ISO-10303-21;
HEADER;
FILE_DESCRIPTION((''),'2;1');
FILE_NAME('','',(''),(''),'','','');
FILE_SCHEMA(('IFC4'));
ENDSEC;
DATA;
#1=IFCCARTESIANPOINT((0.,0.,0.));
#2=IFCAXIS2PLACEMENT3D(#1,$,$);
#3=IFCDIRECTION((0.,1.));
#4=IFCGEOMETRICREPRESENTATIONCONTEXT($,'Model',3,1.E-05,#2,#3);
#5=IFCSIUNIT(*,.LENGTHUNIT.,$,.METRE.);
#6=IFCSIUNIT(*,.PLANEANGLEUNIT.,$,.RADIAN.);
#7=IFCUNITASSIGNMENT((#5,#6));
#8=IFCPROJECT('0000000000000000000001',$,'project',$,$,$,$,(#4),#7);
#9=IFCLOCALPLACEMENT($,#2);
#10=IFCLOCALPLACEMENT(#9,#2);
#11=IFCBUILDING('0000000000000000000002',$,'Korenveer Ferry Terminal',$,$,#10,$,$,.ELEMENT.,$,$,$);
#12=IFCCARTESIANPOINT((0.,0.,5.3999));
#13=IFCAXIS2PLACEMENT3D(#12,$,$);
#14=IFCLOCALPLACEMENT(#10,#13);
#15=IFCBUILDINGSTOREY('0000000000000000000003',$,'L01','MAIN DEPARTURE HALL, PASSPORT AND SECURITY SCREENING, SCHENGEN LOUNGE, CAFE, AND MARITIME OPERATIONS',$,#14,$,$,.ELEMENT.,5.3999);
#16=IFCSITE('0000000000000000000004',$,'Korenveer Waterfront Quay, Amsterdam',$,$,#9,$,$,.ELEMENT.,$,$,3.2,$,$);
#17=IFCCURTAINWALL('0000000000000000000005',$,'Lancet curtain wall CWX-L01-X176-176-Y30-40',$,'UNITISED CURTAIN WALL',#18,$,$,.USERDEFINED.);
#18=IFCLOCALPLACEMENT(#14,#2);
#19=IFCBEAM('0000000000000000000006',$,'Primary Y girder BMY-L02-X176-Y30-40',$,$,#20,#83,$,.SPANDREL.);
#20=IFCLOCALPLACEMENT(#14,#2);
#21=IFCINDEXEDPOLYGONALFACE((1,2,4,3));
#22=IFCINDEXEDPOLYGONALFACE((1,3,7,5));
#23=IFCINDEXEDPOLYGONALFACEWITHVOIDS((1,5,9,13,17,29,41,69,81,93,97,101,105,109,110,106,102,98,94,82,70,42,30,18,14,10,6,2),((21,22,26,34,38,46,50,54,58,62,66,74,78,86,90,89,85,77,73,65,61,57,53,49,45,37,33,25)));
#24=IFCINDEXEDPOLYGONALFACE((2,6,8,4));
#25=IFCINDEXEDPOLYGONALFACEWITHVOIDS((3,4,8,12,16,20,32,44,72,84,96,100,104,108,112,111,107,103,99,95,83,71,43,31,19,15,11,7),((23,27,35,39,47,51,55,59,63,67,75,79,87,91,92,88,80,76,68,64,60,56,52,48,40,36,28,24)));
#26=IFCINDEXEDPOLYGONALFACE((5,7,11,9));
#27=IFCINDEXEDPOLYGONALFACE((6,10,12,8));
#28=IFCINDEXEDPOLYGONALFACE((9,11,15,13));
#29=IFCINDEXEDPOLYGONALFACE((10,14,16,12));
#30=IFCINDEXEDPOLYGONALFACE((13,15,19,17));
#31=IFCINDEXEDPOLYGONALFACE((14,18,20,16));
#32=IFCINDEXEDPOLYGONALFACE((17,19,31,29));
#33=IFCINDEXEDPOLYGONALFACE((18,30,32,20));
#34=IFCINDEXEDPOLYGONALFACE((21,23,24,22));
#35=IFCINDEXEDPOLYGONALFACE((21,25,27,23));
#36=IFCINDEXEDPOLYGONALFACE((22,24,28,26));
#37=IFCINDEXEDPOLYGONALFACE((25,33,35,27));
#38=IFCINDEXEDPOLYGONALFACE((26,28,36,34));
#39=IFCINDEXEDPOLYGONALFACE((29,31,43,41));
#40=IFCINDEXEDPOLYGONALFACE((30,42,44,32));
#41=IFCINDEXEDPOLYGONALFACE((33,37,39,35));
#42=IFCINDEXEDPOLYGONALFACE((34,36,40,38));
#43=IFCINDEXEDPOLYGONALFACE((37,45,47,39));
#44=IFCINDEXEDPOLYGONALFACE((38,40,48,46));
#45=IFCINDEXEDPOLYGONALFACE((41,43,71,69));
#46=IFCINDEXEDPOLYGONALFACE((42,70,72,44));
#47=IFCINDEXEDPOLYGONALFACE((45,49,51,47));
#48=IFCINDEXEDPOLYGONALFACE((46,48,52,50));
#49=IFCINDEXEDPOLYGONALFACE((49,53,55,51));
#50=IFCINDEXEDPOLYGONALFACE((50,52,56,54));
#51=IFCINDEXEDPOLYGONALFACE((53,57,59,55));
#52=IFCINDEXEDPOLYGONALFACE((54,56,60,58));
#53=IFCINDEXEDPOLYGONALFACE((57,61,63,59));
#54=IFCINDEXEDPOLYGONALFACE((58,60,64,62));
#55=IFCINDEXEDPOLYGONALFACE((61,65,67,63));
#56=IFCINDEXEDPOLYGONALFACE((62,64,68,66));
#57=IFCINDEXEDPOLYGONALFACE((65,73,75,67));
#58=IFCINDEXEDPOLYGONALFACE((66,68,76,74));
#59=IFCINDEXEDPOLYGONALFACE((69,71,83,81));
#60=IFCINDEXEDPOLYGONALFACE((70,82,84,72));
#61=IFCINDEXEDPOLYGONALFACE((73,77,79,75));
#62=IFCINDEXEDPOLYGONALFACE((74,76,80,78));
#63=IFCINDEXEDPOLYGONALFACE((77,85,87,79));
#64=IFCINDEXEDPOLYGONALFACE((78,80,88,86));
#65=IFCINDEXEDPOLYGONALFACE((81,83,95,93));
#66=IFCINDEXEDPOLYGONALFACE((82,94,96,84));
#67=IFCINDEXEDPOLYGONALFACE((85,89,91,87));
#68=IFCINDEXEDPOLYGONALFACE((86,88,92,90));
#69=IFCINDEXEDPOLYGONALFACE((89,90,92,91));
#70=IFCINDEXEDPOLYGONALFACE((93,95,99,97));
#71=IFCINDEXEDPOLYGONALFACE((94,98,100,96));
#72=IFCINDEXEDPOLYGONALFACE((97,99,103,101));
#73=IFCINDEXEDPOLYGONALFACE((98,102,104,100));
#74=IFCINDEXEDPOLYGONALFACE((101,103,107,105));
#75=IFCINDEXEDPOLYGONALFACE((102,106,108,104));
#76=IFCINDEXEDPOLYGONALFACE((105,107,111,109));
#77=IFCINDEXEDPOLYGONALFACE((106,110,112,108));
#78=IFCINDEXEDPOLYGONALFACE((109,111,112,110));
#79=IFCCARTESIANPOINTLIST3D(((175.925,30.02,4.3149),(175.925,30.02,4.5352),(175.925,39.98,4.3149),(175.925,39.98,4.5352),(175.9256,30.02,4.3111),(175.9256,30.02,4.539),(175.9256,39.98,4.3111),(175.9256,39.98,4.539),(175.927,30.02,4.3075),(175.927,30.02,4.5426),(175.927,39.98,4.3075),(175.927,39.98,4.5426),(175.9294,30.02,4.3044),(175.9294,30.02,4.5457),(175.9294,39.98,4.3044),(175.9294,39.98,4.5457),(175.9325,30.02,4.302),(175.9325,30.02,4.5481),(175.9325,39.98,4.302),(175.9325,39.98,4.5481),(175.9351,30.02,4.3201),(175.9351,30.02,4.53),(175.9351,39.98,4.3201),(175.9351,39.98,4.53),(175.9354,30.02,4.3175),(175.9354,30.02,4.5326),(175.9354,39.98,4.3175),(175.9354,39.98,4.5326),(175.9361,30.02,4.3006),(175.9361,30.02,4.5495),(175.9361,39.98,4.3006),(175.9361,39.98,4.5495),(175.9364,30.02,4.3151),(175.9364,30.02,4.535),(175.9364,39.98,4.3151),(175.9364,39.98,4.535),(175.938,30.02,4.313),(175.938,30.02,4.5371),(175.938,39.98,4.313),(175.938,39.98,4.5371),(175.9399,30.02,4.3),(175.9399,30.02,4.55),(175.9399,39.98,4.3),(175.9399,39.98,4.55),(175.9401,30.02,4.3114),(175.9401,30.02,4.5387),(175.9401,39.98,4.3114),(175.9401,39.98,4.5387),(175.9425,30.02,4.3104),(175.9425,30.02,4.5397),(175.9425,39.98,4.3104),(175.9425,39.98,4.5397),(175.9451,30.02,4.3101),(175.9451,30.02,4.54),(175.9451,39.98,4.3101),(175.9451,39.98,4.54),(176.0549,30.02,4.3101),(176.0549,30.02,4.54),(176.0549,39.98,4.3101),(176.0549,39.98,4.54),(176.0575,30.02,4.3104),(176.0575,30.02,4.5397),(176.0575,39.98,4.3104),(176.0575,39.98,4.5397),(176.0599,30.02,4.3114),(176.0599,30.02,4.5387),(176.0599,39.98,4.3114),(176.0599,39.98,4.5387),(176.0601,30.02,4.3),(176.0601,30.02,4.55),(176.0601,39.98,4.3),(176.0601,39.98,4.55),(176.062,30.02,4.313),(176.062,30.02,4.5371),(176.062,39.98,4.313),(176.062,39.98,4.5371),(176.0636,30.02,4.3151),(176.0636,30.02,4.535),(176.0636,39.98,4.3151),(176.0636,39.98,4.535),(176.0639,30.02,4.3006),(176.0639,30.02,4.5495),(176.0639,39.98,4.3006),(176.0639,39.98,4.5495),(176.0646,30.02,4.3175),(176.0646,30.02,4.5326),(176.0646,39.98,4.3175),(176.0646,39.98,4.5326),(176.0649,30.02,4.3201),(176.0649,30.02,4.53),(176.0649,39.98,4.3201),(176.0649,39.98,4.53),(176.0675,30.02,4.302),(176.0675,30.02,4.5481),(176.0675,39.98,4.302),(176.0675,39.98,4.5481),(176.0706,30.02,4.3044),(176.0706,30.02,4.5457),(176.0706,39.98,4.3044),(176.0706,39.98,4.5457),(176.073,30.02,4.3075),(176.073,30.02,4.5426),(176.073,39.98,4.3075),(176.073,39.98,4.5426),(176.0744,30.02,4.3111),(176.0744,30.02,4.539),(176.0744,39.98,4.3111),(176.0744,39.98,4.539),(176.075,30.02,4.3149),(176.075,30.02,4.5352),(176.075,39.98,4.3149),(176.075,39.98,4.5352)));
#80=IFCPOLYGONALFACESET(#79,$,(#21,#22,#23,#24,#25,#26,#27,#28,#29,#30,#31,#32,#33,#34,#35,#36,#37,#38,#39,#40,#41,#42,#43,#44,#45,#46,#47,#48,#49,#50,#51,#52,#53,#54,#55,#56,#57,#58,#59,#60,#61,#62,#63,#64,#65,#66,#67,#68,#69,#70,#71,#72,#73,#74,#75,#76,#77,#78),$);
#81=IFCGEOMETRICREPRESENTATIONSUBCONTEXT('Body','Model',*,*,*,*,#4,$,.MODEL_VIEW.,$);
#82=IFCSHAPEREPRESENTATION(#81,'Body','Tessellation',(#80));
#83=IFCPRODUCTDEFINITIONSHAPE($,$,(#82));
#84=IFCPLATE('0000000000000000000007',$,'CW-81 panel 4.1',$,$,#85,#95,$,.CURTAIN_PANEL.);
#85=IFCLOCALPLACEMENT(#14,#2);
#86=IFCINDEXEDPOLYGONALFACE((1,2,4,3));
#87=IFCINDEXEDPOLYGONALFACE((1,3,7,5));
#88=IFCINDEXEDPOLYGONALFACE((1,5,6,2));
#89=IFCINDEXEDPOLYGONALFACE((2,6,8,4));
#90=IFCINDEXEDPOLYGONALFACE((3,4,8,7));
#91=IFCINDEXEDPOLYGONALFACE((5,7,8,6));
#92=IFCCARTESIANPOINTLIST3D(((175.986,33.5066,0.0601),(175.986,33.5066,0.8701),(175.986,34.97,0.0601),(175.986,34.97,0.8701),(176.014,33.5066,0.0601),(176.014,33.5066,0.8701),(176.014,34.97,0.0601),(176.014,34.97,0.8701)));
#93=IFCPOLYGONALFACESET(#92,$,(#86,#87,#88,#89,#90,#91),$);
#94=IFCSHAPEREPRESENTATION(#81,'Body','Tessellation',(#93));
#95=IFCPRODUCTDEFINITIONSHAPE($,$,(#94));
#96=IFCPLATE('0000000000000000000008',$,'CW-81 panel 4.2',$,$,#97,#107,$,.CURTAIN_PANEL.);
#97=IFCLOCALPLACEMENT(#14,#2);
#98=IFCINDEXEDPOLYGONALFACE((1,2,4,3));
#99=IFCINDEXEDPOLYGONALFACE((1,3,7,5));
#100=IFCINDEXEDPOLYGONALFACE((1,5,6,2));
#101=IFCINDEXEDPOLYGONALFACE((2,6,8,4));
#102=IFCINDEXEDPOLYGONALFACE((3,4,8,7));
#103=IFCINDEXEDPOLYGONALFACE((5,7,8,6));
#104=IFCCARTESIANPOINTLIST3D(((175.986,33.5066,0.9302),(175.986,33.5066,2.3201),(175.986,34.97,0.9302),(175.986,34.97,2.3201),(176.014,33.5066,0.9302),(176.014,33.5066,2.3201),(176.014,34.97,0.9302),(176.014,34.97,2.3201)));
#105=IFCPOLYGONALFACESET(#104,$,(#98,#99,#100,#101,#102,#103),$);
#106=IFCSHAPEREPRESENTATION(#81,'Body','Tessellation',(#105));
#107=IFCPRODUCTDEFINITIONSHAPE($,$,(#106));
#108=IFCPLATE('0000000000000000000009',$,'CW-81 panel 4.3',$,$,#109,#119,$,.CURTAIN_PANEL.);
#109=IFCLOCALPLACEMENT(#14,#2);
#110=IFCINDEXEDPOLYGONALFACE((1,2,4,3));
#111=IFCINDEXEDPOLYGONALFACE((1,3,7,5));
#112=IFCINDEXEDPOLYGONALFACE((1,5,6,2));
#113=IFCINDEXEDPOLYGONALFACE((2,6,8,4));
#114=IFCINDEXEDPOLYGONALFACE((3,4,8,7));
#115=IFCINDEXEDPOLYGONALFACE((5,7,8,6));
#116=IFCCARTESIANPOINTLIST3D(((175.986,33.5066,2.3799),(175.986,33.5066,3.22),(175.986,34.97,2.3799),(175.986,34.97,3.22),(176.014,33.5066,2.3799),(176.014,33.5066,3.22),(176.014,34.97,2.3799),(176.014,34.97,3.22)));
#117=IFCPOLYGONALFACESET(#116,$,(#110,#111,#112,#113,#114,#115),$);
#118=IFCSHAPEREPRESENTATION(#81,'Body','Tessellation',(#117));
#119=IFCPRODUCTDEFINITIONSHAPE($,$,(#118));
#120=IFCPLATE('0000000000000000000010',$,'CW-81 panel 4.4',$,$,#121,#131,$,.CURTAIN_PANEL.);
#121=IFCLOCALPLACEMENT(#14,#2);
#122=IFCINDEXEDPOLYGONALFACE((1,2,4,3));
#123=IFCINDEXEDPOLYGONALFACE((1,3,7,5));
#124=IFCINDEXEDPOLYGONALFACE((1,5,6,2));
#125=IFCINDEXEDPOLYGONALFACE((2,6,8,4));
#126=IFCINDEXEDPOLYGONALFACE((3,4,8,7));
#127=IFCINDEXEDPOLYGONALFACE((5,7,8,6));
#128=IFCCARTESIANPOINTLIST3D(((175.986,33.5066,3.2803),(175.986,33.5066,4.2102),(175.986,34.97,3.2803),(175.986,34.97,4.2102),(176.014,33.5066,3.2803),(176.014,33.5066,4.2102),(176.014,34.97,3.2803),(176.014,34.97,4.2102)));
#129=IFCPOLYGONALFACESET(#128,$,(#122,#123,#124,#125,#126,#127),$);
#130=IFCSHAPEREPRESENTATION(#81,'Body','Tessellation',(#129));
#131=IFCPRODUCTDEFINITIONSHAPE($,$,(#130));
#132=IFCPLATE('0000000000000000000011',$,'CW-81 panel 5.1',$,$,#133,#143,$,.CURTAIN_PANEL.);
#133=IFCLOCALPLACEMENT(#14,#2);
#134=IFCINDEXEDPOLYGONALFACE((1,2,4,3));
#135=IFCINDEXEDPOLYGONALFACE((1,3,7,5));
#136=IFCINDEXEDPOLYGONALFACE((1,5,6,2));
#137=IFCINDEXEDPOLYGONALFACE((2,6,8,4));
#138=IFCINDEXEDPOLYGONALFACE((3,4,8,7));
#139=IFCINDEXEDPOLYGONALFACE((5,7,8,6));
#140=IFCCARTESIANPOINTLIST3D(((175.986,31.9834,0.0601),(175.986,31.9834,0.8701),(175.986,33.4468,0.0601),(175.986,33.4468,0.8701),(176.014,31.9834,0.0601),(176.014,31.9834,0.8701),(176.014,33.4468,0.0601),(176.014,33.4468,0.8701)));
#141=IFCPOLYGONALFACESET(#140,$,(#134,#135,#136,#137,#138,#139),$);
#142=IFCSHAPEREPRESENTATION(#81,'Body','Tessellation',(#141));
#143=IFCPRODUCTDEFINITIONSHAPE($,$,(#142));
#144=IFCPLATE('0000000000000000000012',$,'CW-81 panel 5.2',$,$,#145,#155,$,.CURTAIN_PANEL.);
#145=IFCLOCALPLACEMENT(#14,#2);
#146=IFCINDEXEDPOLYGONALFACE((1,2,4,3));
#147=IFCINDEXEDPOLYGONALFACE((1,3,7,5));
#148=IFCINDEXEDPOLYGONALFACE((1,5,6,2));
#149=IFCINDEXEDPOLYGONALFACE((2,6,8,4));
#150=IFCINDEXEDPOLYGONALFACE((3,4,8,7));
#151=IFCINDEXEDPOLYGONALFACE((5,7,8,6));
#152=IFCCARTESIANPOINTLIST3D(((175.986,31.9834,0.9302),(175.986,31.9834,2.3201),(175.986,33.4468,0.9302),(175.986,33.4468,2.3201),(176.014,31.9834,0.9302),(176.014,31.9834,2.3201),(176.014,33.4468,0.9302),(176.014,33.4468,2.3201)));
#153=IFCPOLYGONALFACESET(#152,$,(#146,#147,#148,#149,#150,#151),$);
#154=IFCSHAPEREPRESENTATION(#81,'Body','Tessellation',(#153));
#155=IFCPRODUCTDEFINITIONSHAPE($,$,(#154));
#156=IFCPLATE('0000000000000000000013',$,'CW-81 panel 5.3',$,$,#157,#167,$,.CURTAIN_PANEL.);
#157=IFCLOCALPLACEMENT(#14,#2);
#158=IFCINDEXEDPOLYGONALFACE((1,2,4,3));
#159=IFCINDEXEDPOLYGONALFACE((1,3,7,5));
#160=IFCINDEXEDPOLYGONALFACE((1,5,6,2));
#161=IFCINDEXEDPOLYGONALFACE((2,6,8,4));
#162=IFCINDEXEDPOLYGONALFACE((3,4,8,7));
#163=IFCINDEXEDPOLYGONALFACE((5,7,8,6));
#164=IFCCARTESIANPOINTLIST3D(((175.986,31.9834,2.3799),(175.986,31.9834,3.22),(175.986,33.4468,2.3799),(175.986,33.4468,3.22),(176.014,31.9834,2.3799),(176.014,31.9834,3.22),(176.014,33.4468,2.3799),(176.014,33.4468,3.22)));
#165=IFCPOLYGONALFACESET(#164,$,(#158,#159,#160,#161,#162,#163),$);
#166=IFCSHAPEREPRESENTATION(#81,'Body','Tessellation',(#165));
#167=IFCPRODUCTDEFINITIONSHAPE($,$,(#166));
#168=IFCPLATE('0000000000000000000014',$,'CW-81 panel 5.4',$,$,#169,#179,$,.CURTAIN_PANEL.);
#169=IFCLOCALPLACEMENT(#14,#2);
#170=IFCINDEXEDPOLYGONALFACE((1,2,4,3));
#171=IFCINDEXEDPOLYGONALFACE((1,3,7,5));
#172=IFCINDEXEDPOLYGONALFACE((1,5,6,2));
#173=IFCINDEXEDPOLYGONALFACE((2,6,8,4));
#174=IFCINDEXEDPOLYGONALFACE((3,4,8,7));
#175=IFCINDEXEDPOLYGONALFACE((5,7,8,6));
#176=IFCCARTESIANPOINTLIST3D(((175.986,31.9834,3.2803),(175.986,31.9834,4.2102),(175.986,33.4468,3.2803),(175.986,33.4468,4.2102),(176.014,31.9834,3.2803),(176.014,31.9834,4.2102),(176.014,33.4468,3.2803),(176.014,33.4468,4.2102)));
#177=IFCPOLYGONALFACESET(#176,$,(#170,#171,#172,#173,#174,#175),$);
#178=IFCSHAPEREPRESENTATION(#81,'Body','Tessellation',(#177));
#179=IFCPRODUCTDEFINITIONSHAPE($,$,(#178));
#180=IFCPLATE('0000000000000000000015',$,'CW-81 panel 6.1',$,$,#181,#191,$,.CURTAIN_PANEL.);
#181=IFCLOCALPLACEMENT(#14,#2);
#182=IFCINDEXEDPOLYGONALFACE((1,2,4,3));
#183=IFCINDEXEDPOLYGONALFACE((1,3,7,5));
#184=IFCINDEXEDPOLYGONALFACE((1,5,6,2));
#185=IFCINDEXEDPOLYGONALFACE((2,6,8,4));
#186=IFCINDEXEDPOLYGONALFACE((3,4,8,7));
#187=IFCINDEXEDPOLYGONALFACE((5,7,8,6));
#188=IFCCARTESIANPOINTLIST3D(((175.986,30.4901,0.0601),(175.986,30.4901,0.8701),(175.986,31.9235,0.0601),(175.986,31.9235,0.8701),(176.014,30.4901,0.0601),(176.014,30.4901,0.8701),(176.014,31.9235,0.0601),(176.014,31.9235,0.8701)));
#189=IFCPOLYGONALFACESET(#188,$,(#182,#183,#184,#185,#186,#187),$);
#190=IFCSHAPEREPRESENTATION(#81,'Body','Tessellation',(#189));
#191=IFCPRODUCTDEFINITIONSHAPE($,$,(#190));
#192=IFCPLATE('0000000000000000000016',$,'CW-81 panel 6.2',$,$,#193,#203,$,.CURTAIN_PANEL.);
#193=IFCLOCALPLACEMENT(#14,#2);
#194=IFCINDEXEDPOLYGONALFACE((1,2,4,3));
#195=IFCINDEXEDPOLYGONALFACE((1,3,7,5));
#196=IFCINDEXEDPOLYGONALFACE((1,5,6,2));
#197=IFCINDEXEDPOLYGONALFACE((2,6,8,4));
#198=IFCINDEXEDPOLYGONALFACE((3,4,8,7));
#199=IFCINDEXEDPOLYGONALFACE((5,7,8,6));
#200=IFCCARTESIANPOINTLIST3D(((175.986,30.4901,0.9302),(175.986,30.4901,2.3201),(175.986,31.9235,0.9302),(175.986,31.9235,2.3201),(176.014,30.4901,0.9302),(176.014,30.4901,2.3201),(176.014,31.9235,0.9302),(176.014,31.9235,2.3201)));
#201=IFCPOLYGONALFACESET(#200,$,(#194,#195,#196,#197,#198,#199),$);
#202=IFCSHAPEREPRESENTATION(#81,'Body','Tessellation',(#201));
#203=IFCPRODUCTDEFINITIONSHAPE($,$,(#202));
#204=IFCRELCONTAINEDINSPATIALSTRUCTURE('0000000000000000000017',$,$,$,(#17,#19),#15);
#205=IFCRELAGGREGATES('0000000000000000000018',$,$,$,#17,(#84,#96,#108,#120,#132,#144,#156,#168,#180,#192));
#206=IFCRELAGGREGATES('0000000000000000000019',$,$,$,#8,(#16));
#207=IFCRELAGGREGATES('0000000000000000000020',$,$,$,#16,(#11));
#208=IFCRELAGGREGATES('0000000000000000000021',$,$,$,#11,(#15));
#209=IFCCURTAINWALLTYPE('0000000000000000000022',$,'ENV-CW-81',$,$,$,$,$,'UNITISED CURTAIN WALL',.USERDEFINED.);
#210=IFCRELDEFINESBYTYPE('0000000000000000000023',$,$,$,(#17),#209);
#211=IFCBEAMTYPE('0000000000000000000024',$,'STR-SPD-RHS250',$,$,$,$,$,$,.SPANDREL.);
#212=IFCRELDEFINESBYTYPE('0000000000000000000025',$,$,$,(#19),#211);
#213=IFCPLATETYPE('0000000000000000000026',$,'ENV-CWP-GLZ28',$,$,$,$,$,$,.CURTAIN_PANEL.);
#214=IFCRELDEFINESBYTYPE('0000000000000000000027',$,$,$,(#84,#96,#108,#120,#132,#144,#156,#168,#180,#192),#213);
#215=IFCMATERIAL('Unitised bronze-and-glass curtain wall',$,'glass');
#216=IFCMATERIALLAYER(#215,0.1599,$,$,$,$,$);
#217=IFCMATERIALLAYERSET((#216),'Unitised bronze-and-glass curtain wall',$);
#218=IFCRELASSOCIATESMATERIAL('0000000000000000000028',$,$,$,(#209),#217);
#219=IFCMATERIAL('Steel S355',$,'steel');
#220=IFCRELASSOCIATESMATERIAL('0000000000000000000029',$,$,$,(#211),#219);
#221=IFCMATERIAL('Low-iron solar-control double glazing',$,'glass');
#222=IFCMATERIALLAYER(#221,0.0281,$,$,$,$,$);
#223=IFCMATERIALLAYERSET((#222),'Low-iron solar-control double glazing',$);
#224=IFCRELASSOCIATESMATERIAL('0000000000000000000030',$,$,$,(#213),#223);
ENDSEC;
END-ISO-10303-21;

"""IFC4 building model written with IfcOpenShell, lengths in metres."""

from ifc_helpers import new_model, si_unit, direction, frame, origin, origin_2d, place, context, subcontext, project, spatial, rectangle, hollow_rectangle, extrude, material, layer, layer_set, material_profile, profile_set, type_object, element, aggregate, save


model = new_model("IFC4")

# Units and contexts
model_context = context("Model", 3, precision=1e-05, world=origin(), true_north=direction((0.0, 1.0)))
body_context = subcontext(model_context, "Body", "Model", "MODEL_VIEW")
ifc_project = project(units=[si_unit("LENGTHUNIT", "METRE"), si_unit("PLANEANGLEUNIT", "RADIAN")], contexts=[model_context])

# Site, building, storey
site_placement = place(None, origin())
site = spatial("IfcSite", under=ifc_project, at=site_placement, Name="Korenveer Waterfront Quay, Amsterdam", CompositionType="ELEMENT", RefElevation=3.2)
building_placement = place(site_placement, origin())
building = spatial("IfcBuilding", under=site, at=building_placement, Name="Korenveer Ferry Terminal", CompositionType="ELEMENT")
storey_placement = place(building_placement, frame((0.0, 0.0, 5.3999)))
storey = spatial("IfcBuildingStorey", under=building, at=storey_placement, Name="L01", Description="MAIN DEPARTURE HALL, PASSPORT AND SECURITY SCREENING, SCHENGEN LOUNGE, CAFE, AND MARITIME OPERATIONS", CompositionType="ELEMENT", Elevation=5.3999)

# Shared definitions
ifc_material_1 = material(Name="Steel S355", Category="steel")

# Curtain wall
ifc_material_2 = material(Name="Unitised bronze-and-glass curtain wall", Category="glass")
ifc_layer_1 = layer(ifc_material_2, 0.1599)
ifc_layer_set_1 = layer_set([ifc_layer_1], Name="Unitised bronze-and-glass curtain wall")
curtain_wall_type = type_object("IfcCurtainWallType", Name="ENV-CW-81", ElementType="UNITISED CURTAIN WALL", PredefinedType="USERDEFINED", material=ifc_layer_set_1)
curtain_wall_placement = place(storey_placement, frame((176.0, 39.5701, 0.0)))
curtain_wall = element("IfcCurtainWall", 1, at=curtain_wall_placement, inside=storey, type_object=curtain_wall_type, Name="Lancet curtain wall CWX-L01-X176-176-Y30-40", ObjectType="UNITISED CURTAIN WALL", PredefinedType="USERDEFINED")

# Beam
ifc_material_profile_1 = material_profile(ifc_material_1, hollow_rectangle(XDim=0.1499, YDim=0.25, WallThickness=0.01, InnerFilletRadius=0.01, OuterFilletRadius=0.0149, at=origin_2d()), Name="RHS 250x150x10")
ifc_profile_set_1 = profile_set([ifc_material_profile_1], Name="Steel S355")
beam_type_1 = type_object("IfcBeamType", Name="STR-SPD-RHS250", PredefinedType="SPANDREL", material=ifc_profile_set_1)
beam_1_placement = place(storey_placement, frame((176.0, 30.02, 4.425), z_axis=(0.0, 1.0, 0.0), x_axis=(-1.0, 0.0, 0.0)))
element("IfcBeam", 2, at=beam_1_placement, inside=storey, type_object=beam_type_1, Name="Primary Y girder BMY-L02-X176-Y30-40", PredefinedType="SPANDREL", context=body_context, shape_type="SweptSolid", body=[
    extrude(hollow_rectangle(XDim=0.1499, YDim=0.25, WallThickness=0.01, InnerFilletRadius=0.01, OuterFilletRadius=0.0149, at=origin_2d()), origin(), (0.0, 0.0, 1.0), 9.96),
])

# Plates
ifc_material_3 = material(Name="Low-iron solar-control double glazing", Category="glass")
ifc_layer_2 = layer(ifc_material_3, 0.0281)
ifc_layer_set_2 = layer_set([ifc_layer_2], Name="Low-iron solar-control double glazing")
plate_type_1 = type_object("IfcPlateType", Name="ENV-CWP-GLZ28", PredefinedType="CURTAIN_PANEL", material=ifc_layer_set_2)
plate_1_placement = place(storey_placement, frame((176.0, 34.2383, 0.0601), z_axis=(0.0, 0.0, 1.0), x_axis=(0.0, -1.0, 0.0)))
plate_1 = element("IfcPlate", 3, at=plate_1_placement, type_object=plate_type_1, Name="CW-81 panel 4.1", PredefinedType="CURTAIN_PANEL", context=body_context, shape_type="SweptSolid", body=[
    extrude(rectangle(XDim=1.4634, YDim=0.0281, at=origin_2d()), origin(), (0.0, 0.0, 1.0), 0.8101),
])
plate_2_placement = place(storey_placement, frame((176.0, 34.2383, 0.9302), z_axis=(0.0, 0.0, 1.0), x_axis=(0.0, -1.0, 0.0)))
plate_2 = element("IfcPlate", 4, at=plate_2_placement, type_object=plate_type_1, Name="CW-81 panel 4.2", PredefinedType="CURTAIN_PANEL", context=body_context, shape_type="SweptSolid", body=[
    extrude(rectangle(XDim=1.4634, YDim=0.0281, at=origin_2d()), origin(), (0.0, 0.0, 1.0), 1.3899),
])
plate_3_placement = place(storey_placement, frame((176.0, 34.2383, 2.3799), z_axis=(0.0, 0.0, 1.0), x_axis=(0.0, -1.0, 0.0)))
plate_3 = element("IfcPlate", 5, at=plate_3_placement, type_object=plate_type_1, Name="CW-81 panel 4.3", PredefinedType="CURTAIN_PANEL", context=body_context, shape_type="SweptSolid", body=[
    extrude(rectangle(XDim=1.4634, YDim=0.0281, at=origin_2d()), origin(), (0.0, 0.0, 1.0), 0.8401),
])
plate_4_placement = place(storey_placement, frame((176.0, 34.2383, 3.2803), z_axis=(0.0, 0.0, 1.0), x_axis=(0.0, -1.0, 0.0)))
plate_4 = element("IfcPlate", 6, at=plate_4_placement, type_object=plate_type_1, Name="CW-81 panel 4.4", PredefinedType="CURTAIN_PANEL", context=body_context, shape_type="SweptSolid", body=[
    extrude(rectangle(XDim=1.4634, YDim=0.0281, at=origin_2d()), origin(), (0.0, 0.0, 1.0), 0.9299),
])
plate_5_placement = place(storey_placement, frame((176.0, 32.7151, 0.0601), z_axis=(0.0, 0.0, 1.0), x_axis=(0.0, -1.0, 0.0)))
plate_5 = element("IfcPlate", 7, at=plate_5_placement, type_object=plate_type_1, Name="CW-81 panel 5.1", PredefinedType="CURTAIN_PANEL", context=body_context, shape_type="SweptSolid", body=[
    extrude(rectangle(XDim=1.4634, YDim=0.0281, at=origin_2d()), origin(), (0.0, 0.0, 1.0), 0.8101),
])
plate_6_placement = place(storey_placement, frame((176.0, 32.7151, 0.9302), z_axis=(0.0, 0.0, 1.0), x_axis=(0.0, -1.0, 0.0)))
plate_6 = element("IfcPlate", 8, at=plate_6_placement, type_object=plate_type_1, Name="CW-81 panel 5.2", PredefinedType="CURTAIN_PANEL", context=body_context, shape_type="SweptSolid", body=[
    extrude(rectangle(XDim=1.4634, YDim=0.0281, at=origin_2d()), origin(), (0.0, 0.0, 1.0), 1.3899),
])
plate_7_placement = place(storey_placement, frame((176.0, 32.7151, 2.3799), z_axis=(0.0, 0.0, 1.0), x_axis=(0.0, -1.0, 0.0)))
plate_7 = element("IfcPlate", 9, at=plate_7_placement, type_object=plate_type_1, Name="CW-81 panel 5.3", PredefinedType="CURTAIN_PANEL", context=body_context, shape_type="SweptSolid", body=[
    extrude(rectangle(XDim=1.4634, YDim=0.0281, at=origin_2d()), origin(), (0.0, 0.0, 1.0), 0.8401),
])
plate_8_placement = place(storey_placement, frame((176.0, 32.7151, 3.2803), z_axis=(0.0, 0.0, 1.0), x_axis=(0.0, -1.0, 0.0)))
plate_8 = element("IfcPlate", 10, at=plate_8_placement, type_object=plate_type_1, Name="CW-81 panel 5.4", PredefinedType="CURTAIN_PANEL", context=body_context, shape_type="SweptSolid", body=[
    extrude(rectangle(XDim=1.4634, YDim=0.0281, at=origin_2d()), origin(), (0.0, 0.0, 1.0), 0.9299),
])
plate_9_placement = place(storey_placement, frame((176.0, 31.2068, 0.0601), z_axis=(0.0, 0.0, 1.0), x_axis=(0.0, -1.0, 0.0)))
plate_9 = element("IfcPlate", 11, at=plate_9_placement, type_object=plate_type_1, Name="CW-81 panel 6.1", PredefinedType="CURTAIN_PANEL", context=body_context, shape_type="SweptSolid", body=[
    extrude(rectangle(XDim=1.4333, YDim=0.0281, at=origin_2d()), origin(), (0.0, 0.0, 1.0), 0.8101),
])
plate_10_placement = place(storey_placement, frame((176.0, 31.2068, 0.9302), z_axis=(0.0, 0.0, 1.0), x_axis=(0.0, -1.0, 0.0)))
plate_10 = element("IfcPlate", 12, at=plate_10_placement, type_object=plate_type_1, Name="CW-81 panel 6.2", PredefinedType="CURTAIN_PANEL", context=body_context, shape_type="SweptSolid", body=[
    extrude(rectangle(XDim=1.4333, YDim=0.0281, at=origin_2d()), origin(), (0.0, 0.0, 1.0), 1.3899),
])
aggregate(curtain_wall, [plate_1, plate_2, plate_3, plate_4, plate_5, plate_6, plate_7, plate_8, plate_9, plate_10])

save(model, "model.ifc")
